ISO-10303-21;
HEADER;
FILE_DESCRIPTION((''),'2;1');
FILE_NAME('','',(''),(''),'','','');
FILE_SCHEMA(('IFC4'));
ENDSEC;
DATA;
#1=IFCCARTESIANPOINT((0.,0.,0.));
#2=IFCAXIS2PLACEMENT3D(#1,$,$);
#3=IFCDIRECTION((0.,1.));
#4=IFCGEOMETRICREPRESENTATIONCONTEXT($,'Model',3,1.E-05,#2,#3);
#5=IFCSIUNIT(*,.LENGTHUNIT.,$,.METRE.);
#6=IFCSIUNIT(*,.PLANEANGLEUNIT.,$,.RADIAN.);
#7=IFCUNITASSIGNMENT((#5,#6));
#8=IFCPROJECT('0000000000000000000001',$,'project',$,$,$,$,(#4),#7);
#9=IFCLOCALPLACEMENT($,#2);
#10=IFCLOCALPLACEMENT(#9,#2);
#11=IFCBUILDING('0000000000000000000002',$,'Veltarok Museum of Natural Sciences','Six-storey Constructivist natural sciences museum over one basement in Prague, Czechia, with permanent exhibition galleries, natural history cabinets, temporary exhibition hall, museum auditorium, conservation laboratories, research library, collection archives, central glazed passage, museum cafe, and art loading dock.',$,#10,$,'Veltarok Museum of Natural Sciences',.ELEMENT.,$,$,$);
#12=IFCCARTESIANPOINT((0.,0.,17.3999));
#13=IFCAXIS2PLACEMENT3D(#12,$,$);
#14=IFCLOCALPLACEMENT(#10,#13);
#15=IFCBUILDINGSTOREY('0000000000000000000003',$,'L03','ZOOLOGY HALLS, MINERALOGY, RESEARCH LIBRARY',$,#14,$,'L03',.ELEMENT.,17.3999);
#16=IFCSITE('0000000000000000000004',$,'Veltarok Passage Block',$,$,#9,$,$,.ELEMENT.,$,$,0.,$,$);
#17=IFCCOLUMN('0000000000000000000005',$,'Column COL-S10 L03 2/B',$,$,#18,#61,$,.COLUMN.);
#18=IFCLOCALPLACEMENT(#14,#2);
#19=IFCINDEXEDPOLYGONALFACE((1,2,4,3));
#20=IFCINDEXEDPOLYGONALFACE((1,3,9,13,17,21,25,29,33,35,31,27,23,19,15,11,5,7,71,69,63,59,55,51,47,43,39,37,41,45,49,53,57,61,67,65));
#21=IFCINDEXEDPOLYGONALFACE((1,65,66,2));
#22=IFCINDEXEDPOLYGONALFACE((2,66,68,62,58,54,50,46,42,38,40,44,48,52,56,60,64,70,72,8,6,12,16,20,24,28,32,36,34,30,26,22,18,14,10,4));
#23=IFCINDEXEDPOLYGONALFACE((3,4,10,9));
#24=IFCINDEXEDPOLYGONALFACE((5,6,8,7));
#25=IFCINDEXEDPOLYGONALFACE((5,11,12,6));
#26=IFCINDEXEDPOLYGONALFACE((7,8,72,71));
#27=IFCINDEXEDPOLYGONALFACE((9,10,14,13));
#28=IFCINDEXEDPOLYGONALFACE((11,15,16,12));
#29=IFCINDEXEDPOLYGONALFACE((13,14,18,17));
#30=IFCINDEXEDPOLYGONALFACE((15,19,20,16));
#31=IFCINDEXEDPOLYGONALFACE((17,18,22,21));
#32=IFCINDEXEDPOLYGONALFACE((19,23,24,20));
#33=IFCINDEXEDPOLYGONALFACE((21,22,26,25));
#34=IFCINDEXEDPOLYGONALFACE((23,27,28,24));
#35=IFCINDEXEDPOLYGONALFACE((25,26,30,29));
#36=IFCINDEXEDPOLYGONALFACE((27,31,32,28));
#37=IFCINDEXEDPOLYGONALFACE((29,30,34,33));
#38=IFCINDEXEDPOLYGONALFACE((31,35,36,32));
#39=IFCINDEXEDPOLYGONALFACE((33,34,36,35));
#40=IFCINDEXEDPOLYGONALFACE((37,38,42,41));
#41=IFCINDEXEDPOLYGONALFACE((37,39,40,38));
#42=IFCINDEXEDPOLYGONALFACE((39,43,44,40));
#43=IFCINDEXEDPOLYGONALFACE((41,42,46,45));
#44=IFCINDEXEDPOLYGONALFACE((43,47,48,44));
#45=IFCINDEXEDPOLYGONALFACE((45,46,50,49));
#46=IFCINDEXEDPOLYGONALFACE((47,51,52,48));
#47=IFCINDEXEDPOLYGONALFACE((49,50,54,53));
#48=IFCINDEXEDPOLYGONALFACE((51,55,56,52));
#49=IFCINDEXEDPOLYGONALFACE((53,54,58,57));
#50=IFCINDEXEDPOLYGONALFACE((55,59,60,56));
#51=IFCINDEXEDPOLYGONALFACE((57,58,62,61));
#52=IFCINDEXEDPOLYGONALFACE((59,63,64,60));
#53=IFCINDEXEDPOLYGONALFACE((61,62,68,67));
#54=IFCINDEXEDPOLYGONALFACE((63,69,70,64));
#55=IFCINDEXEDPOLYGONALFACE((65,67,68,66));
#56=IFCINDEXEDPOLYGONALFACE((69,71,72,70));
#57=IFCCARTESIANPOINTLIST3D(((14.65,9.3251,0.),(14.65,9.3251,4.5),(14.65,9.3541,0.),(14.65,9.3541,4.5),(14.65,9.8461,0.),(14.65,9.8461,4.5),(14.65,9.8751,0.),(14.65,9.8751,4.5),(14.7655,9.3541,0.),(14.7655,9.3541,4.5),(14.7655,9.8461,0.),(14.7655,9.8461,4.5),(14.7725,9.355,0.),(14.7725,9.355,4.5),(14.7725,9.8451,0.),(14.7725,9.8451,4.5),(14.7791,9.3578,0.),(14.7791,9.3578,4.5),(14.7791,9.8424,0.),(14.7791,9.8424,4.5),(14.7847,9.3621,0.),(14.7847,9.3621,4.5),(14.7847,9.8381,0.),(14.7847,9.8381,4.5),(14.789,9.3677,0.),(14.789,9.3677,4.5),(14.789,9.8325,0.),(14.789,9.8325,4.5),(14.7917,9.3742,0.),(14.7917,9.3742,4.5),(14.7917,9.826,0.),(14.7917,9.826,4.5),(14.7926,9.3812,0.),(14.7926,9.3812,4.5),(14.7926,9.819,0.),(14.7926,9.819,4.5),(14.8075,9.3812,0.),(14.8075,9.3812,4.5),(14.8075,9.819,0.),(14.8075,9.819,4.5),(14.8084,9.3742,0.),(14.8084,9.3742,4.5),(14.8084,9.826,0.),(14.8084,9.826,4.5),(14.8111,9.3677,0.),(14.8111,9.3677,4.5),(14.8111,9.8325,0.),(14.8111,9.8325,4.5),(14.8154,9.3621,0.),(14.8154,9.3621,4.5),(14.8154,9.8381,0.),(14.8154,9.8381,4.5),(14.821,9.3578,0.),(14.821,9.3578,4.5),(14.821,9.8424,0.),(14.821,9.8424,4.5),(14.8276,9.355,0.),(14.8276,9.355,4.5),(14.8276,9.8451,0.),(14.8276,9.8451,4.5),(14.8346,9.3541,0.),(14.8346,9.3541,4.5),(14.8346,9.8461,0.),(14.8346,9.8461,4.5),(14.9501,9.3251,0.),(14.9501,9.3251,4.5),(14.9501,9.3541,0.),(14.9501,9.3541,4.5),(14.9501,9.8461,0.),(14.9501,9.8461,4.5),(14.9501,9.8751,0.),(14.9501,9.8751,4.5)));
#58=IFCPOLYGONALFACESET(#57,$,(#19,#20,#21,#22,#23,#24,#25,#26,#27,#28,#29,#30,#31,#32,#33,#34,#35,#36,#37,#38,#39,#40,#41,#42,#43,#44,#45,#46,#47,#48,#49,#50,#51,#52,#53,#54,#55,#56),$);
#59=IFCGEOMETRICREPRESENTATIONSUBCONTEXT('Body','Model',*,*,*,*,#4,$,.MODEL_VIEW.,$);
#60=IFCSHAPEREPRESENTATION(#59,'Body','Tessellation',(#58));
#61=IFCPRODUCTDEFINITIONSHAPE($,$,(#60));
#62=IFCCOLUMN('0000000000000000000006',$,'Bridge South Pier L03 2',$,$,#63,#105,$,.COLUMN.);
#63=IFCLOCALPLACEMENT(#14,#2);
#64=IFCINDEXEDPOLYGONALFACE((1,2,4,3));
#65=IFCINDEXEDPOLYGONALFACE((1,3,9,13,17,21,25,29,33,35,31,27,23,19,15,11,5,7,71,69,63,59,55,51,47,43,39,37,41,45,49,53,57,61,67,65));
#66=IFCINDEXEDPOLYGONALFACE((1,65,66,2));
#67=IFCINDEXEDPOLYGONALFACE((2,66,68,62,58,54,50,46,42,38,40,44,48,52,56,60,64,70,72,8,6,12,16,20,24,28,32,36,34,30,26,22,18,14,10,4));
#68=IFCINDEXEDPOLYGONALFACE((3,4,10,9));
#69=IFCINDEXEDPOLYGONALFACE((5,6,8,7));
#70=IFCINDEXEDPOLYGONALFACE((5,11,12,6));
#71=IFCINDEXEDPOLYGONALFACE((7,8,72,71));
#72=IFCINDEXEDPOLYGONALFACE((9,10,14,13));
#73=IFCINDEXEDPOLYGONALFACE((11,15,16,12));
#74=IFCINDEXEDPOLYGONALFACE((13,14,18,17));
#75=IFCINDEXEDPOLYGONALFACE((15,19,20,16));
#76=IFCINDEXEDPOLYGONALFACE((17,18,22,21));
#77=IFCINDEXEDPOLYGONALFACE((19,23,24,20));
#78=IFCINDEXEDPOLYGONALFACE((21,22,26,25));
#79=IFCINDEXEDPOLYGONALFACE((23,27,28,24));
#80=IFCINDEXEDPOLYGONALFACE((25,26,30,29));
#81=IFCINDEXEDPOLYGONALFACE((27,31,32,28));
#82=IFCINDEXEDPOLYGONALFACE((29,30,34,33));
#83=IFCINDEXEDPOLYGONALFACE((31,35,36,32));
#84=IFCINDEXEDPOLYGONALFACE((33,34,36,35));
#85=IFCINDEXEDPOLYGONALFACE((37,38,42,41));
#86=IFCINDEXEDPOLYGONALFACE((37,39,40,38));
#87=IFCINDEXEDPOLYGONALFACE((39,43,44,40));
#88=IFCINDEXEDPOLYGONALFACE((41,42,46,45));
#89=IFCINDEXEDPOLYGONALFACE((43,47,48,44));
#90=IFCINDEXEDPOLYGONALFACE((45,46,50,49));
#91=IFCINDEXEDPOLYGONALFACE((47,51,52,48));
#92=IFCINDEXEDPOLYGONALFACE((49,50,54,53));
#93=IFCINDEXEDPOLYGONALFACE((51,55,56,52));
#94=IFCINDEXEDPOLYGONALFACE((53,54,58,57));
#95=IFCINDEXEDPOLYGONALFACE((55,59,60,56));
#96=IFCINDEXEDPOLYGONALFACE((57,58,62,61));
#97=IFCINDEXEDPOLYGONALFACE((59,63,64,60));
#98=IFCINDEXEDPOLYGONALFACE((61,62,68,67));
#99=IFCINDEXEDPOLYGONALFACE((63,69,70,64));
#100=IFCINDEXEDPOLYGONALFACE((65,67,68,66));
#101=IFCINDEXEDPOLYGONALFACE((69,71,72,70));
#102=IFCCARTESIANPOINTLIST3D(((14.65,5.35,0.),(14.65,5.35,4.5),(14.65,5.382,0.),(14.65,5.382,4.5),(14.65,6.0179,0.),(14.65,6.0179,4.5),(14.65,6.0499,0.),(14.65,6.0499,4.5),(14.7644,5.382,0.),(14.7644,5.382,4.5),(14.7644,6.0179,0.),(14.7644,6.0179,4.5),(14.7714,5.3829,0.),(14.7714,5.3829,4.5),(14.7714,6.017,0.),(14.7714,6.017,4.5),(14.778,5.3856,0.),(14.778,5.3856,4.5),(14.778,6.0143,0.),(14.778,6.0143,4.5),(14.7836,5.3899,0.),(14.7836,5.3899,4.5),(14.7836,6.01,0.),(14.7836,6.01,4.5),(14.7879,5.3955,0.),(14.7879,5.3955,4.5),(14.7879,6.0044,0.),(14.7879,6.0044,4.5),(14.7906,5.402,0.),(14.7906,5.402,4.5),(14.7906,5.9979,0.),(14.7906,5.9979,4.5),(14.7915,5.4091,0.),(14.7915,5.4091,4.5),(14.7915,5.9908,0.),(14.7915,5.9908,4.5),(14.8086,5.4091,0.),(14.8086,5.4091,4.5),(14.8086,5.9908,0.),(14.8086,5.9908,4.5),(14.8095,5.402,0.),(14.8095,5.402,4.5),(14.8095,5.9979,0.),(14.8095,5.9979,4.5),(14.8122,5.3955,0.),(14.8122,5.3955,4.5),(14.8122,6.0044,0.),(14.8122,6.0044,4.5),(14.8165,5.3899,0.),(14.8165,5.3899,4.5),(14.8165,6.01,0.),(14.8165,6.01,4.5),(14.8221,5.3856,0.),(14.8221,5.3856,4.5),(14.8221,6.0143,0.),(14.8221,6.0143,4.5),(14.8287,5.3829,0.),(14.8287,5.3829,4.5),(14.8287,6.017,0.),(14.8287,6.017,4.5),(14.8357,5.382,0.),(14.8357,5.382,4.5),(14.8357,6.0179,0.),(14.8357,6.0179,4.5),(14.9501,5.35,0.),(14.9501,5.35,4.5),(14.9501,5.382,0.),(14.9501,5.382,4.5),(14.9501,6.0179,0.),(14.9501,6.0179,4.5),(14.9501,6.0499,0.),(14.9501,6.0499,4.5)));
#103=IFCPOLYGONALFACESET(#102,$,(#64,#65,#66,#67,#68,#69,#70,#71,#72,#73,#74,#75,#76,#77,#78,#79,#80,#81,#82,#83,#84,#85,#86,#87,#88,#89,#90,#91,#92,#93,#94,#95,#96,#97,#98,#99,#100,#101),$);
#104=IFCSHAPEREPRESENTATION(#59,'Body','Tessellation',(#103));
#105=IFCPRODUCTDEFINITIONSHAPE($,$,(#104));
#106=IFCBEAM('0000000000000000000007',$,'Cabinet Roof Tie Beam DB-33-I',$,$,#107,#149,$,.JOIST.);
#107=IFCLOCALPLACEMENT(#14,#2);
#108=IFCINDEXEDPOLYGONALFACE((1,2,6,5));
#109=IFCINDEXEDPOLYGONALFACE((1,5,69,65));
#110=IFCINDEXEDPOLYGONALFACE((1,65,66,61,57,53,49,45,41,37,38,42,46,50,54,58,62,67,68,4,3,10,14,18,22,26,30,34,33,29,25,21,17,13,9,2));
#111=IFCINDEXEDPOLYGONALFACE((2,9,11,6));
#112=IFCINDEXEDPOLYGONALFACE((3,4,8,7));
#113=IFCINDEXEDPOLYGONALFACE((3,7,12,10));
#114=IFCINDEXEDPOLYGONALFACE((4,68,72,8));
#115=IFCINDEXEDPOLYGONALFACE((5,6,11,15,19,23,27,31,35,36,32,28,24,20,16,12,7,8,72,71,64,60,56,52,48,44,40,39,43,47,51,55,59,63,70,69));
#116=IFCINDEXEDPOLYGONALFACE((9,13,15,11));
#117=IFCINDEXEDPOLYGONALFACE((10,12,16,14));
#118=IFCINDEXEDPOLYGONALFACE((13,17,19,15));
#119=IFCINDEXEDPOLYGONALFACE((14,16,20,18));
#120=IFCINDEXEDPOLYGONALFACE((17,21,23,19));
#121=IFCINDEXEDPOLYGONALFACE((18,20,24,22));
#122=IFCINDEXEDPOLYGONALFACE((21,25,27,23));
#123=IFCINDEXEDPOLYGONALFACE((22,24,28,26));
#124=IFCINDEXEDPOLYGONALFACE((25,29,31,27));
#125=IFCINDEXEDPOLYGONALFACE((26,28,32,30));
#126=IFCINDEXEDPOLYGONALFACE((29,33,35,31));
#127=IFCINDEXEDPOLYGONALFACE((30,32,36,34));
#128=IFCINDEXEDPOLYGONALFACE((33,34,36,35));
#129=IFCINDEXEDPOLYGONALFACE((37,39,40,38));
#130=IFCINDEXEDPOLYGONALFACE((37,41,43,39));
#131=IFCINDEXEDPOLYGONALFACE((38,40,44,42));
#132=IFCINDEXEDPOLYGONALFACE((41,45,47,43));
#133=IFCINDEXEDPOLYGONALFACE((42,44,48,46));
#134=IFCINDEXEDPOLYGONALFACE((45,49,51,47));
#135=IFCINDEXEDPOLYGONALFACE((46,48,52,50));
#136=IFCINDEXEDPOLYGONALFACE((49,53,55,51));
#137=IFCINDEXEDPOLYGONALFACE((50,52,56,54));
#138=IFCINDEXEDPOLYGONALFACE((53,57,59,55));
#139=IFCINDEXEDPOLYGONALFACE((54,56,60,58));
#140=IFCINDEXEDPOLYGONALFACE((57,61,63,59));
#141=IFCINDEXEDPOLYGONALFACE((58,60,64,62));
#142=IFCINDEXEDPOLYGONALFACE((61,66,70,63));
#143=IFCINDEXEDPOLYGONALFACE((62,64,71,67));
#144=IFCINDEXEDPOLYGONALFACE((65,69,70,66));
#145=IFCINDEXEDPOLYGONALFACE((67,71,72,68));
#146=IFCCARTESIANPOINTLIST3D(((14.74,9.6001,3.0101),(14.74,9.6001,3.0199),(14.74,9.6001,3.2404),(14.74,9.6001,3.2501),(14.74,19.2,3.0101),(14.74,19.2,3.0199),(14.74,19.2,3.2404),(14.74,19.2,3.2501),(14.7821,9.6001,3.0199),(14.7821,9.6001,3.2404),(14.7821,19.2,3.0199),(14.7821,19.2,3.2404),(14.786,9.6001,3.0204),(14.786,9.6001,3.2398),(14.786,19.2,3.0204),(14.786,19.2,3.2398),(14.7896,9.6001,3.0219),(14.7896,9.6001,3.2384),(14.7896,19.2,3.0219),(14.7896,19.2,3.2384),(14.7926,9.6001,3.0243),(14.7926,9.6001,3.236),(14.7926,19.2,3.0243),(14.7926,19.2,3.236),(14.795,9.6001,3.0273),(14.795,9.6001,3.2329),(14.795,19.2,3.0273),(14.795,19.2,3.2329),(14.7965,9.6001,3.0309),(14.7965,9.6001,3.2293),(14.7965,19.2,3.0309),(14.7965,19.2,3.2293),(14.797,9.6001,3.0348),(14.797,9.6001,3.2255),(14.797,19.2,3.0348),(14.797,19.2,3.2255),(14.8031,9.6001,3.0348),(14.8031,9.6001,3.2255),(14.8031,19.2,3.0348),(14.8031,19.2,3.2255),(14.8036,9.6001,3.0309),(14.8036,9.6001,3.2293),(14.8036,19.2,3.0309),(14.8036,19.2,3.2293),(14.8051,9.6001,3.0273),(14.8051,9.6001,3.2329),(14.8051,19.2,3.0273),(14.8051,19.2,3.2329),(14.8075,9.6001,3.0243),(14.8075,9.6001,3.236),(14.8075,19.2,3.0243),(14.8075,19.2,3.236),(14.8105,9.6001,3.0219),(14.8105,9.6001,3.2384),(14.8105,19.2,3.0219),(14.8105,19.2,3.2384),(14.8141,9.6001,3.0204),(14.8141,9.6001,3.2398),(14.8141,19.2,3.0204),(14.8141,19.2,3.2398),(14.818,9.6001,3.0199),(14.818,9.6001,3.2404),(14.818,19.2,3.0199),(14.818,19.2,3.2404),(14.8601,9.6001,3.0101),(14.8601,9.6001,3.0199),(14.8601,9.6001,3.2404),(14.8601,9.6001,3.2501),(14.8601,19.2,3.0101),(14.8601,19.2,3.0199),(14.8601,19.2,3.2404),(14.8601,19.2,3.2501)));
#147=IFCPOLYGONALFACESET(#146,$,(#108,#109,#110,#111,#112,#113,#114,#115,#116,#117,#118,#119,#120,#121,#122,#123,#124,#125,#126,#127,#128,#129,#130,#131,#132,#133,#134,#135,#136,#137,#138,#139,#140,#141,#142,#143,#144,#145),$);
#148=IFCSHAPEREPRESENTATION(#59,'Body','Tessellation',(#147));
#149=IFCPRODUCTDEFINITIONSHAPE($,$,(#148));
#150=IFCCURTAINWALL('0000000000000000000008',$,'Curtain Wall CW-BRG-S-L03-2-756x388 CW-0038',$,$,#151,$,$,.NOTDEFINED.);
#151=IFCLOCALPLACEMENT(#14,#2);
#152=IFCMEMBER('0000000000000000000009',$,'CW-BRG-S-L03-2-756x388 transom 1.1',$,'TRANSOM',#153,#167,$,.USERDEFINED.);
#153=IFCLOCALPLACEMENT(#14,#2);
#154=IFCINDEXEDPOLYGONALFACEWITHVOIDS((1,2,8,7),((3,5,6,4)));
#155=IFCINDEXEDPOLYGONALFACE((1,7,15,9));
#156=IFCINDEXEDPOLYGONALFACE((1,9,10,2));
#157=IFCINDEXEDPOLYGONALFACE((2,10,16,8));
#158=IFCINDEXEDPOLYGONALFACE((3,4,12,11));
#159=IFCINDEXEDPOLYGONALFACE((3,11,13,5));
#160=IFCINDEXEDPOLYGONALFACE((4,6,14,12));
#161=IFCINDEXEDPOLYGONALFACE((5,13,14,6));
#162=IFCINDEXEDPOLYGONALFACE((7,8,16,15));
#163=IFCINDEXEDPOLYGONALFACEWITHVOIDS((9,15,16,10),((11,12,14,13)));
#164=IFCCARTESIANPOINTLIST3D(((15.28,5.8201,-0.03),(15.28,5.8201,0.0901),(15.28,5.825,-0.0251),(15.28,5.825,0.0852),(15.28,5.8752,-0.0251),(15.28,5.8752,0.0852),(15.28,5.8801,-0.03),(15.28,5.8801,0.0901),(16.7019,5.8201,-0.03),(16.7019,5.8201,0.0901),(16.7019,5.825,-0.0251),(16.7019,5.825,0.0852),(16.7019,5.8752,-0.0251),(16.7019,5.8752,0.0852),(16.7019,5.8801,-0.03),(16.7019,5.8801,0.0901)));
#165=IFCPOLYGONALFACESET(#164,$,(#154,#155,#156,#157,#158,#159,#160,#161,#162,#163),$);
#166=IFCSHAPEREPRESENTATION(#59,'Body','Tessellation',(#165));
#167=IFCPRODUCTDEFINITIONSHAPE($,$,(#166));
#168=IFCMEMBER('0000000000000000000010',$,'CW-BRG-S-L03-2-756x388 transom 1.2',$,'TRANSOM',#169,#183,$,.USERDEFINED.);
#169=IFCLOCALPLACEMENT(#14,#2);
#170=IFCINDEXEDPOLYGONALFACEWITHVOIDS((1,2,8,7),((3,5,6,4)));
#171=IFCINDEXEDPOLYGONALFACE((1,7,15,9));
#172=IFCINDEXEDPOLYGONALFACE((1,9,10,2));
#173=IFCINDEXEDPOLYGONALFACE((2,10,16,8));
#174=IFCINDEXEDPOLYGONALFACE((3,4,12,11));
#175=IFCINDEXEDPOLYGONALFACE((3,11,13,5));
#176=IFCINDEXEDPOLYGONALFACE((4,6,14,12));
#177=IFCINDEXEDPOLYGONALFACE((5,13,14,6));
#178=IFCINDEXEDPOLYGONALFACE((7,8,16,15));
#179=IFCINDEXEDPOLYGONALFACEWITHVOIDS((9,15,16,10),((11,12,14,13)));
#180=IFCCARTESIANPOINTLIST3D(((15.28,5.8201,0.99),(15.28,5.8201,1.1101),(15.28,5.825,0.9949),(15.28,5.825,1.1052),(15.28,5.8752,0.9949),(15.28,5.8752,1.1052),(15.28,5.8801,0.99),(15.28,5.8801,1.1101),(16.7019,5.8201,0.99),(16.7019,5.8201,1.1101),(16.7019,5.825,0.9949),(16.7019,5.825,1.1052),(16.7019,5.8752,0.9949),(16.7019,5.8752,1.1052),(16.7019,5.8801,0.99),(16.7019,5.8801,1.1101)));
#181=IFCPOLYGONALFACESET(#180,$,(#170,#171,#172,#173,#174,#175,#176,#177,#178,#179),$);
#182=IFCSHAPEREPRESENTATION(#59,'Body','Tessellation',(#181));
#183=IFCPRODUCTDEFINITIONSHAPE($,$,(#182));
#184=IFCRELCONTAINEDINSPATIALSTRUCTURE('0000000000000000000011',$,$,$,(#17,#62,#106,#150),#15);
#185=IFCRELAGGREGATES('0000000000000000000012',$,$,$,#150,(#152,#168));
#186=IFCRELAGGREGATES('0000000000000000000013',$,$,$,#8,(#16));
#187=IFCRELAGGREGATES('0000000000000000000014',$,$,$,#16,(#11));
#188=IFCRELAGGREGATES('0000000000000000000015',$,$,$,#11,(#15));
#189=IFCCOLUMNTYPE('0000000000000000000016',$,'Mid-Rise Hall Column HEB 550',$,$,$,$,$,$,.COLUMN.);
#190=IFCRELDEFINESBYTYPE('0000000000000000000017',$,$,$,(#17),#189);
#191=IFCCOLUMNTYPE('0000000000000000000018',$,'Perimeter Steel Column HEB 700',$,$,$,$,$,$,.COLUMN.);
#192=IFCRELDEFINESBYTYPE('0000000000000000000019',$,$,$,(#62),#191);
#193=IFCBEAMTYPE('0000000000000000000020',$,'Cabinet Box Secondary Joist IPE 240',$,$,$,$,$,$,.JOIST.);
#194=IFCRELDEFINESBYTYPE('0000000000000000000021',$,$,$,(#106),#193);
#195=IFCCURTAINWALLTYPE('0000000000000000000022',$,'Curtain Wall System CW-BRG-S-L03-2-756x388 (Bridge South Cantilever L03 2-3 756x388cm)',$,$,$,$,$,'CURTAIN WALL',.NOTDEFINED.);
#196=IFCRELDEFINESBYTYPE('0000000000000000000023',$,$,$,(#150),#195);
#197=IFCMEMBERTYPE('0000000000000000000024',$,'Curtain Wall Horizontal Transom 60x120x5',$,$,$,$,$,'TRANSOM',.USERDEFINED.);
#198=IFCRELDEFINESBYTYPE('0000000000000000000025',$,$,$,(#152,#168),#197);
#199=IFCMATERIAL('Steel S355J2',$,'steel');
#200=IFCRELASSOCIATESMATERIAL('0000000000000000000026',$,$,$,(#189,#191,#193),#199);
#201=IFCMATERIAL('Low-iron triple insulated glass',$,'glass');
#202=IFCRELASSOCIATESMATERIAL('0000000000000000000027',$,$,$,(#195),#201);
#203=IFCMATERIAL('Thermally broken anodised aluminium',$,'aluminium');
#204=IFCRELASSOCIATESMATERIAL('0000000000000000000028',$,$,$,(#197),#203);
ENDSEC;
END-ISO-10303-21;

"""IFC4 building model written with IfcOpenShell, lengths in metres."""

from ifc_helpers import new_model, si_unit, direction, frame, origin, origin_2d, place, context, subcontext, project, spatial, hollow_rectangle, i_section, extrude, material, material_profile, profile_set, type_object, element, aggregate, save


model = new_model("IFC4")

# Units and contexts
model_context = context("Model", 3, precision=1e-05, world=origin(), true_north=direction((0.0, 1.0)))
body_context = subcontext(model_context, "Body", "Model", "MODEL_VIEW")
ifc_project = project(units=[si_unit("LENGTHUNIT", "METRE"), si_unit("PLANEANGLEUNIT", "RADIAN")], contexts=[model_context])

# Site, building, storey
site_placement = place(None, origin())
site = spatial("IfcSite", under=ifc_project, at=site_placement, Name="Veltarok Passage Block", CompositionType="ELEMENT", RefElevation=0.0)
building_placement = place(site_placement, origin())
building = spatial("IfcBuilding", under=site, at=building_placement, Name="Veltarok Museum of Natural Sciences", Description="Six-storey Constructivist natural sciences museum over one basement in Prague, Czechia, with permanent exhibition galleries, natural history cabinets, temporary exhibition hall, museum auditorium, conservation laboratories, research library, collection archives, central glazed passage, museum cafe, and art loading dock.", LongName="Veltarok Museum of Natural Sciences", CompositionType="ELEMENT")
storey_placement = place(building_placement, frame((0.0, 0.0, 17.3999)))
storey = spatial("IfcBuildingStorey", under=building, at=storey_placement, Name="L03", Description="ZOOLOGY HALLS, MINERALOGY, RESEARCH LIBRARY", LongName="L03", CompositionType="ELEMENT", Elevation=17.3999)

# Columns
ifc_material_1 = material(Name="Steel S355J2", Category="steel")
ifc_material_profile_1 = material_profile(ifc_material_1, i_section(OverallWidth=0.3, OverallDepth=0.55, WebThickness=0.0149, FlangeThickness=0.0291, FilletRadius=0.0271, at=origin_2d()), Name="HEB 550")
ifc_profile_set_1 = profile_set([ifc_material_profile_1], Name="Steel S355J2")
column_type_1 = type_object("IfcColumnType", Name="Mid-Rise Hall Column HEB 550", PredefinedType="COLUMN", material=ifc_profile_set_1)
column_1_placement = place(storey_placement, frame((14.8, 9.6001, 0.0), z_axis=(0.0, 0.0, 1.0), x_axis=(1.0, 0.0, 0.0)))
element("IfcColumn", 1, at=column_1_placement, inside=storey, type_object=column_type_1, Name="Column COL-S10 L03 2/B", PredefinedType="COLUMN", context=body_context, shape_type="SweptSolid", body=[
    extrude(i_section(OverallWidth=0.3, OverallDepth=0.55, WebThickness=0.0149, FlangeThickness=0.0291, FilletRadius=0.0271, at=origin_2d()), origin(), (0.0, 0.0, 1.0), 4.5),
])
ifc_material_profile_2 = material_profile(ifc_material_1, i_section(OverallWidth=0.3, OverallDepth=0.7, WebThickness=0.0171, FlangeThickness=0.032, FilletRadius=0.0271, at=origin_2d()), Name="HEB 700")
ifc_profile_set_2 = profile_set([ifc_material_profile_2], Name="Steel S355J2")
column_type_2 = type_object("IfcColumnType", Name="Perimeter Steel Column HEB 700", PredefinedType="COLUMN", material=ifc_profile_set_2)
column_2_placement = place(storey_placement, frame((14.8, 5.7, 0.0), z_axis=(0.0, 0.0, 1.0), x_axis=(1.0, 0.0, 0.0)))
element("IfcColumn", 2, at=column_2_placement, inside=storey, type_object=column_type_2, Name="Bridge South Pier L03 2", PredefinedType="COLUMN", context=body_context, shape_type="SweptSolid", body=[
    extrude(i_section(OverallWidth=0.3, OverallDepth=0.7, WebThickness=0.0171, FlangeThickness=0.032, FilletRadius=0.0271, at=origin_2d()), origin(), (0.0, 0.0, 1.0), 4.5),
])

# Beam
ifc_material_profile_3 = material_profile(ifc_material_1, i_section(OverallWidth=0.1201, OverallDepth=0.24, WebThickness=0.0061, FlangeThickness=0.0098, FilletRadius=0.0149, at=origin_2d()), Name="IPE 240")
ifc_profile_set_3 = profile_set([ifc_material_profile_3], Name="Steel S355J2")
beam_type_1 = type_object("IfcBeamType", Name="Cabinet Box Secondary Joist IPE 240", PredefinedType="JOIST", material=ifc_profile_set_3)
beam_1_placement = place(storey_placement, frame((14.8, 9.6001, 3.1301), z_axis=(0.0, 1.0, 0.0), x_axis=(-1.0, 0.0, 0.0)))
element("IfcBeam", 3, at=beam_1_placement, inside=storey, type_object=beam_type_1, Name="Cabinet Roof Tie Beam DB-33-I", PredefinedType="JOIST", context=body_context, shape_type="SweptSolid", body=[
    extrude(i_section(OverallWidth=0.1201, OverallDepth=0.24, WebThickness=0.0061, FlangeThickness=0.0098, FilletRadius=0.0149, at=origin_2d()), origin(), (0.0, 0.0, 1.0), 9.5999),
])

# Curtain wall, members
ifc_material_2 = material(Name="Low-iron triple insulated glass", Category="glass")
curtain_wall_type_1 = type_object("IfcCurtainWallType", Name="Curtain Wall System CW-BRG-S-L03-2-756x388 (Bridge South Cantilever L03 2-3 756x388cm)", ElementType="CURTAIN WALL", PredefinedType="NOTDEFINED", material=ifc_material_2)
curtain_wall_1_placement = place(storey_placement, origin())
curtain_wall_1 = element("IfcCurtainWall", 4, at=curtain_wall_1_placement, inside=storey, type_object=curtain_wall_type_1, Name="Curtain Wall CW-BRG-S-L03-2-756x388 CW-0038", PredefinedType="NOTDEFINED")
ifc_material_3 = material(Name="Thermally broken anodised aluminium", Category="aluminium")
ifc_material_profile_4 = material_profile(ifc_material_3, hollow_rectangle(XDim=0.0601, YDim=0.1201, WallThickness=0.0049, at=origin_2d()), Name="CW TRANSOM 60x120x5")
ifc_profile_set_4 = profile_set([ifc_material_profile_4], Name="Thermally broken anodised aluminium")
member_type_1 = type_object("IfcMemberType", Name="Curtain Wall Horizontal Transom 60x120x5", ElementType="TRANSOM", PredefinedType="USERDEFINED", material=ifc_profile_set_4)
member_1_placement = place(storey_placement, frame((15.28, 5.8501, 0.03), z_axis=(1.0, 0.0, 0.0), x_axis=(0.0, 1.0, 0.0)))
member_1 = element("IfcMember", 5, at=member_1_placement, type_object=member_type_1, Name="CW-BRG-S-L03-2-756x388 transom 1.1", ObjectType="TRANSOM", PredefinedType="USERDEFINED", context=body_context, shape_type="SweptSolid", body=[
    extrude(hollow_rectangle(XDim=0.0601, YDim=0.1201, WallThickness=0.0049, at=origin_2d()), origin(), (0.0, 0.0, 1.0), 1.4219),
])
member_2_placement = place(storey_placement, frame((15.28, 5.8501, 1.05), z_axis=(1.0, 0.0, 0.0), x_axis=(0.0, 1.0, 0.0)))
member_2 = element("IfcMember", 6, at=member_2_placement, type_object=member_type_1, Name="CW-BRG-S-L03-2-756x388 transom 1.2", ObjectType="TRANSOM", PredefinedType="USERDEFINED", context=body_context, shape_type="SweptSolid", body=[
    extrude(hollow_rectangle(XDim=0.0601, YDim=0.1201, WallThickness=0.0049, at=origin_2d()), origin(), (0.0, 0.0, 1.0), 1.4219),
])

aggregate(curtain_wall_1, [member_1, member_2])

save(model, "model.ifc")
